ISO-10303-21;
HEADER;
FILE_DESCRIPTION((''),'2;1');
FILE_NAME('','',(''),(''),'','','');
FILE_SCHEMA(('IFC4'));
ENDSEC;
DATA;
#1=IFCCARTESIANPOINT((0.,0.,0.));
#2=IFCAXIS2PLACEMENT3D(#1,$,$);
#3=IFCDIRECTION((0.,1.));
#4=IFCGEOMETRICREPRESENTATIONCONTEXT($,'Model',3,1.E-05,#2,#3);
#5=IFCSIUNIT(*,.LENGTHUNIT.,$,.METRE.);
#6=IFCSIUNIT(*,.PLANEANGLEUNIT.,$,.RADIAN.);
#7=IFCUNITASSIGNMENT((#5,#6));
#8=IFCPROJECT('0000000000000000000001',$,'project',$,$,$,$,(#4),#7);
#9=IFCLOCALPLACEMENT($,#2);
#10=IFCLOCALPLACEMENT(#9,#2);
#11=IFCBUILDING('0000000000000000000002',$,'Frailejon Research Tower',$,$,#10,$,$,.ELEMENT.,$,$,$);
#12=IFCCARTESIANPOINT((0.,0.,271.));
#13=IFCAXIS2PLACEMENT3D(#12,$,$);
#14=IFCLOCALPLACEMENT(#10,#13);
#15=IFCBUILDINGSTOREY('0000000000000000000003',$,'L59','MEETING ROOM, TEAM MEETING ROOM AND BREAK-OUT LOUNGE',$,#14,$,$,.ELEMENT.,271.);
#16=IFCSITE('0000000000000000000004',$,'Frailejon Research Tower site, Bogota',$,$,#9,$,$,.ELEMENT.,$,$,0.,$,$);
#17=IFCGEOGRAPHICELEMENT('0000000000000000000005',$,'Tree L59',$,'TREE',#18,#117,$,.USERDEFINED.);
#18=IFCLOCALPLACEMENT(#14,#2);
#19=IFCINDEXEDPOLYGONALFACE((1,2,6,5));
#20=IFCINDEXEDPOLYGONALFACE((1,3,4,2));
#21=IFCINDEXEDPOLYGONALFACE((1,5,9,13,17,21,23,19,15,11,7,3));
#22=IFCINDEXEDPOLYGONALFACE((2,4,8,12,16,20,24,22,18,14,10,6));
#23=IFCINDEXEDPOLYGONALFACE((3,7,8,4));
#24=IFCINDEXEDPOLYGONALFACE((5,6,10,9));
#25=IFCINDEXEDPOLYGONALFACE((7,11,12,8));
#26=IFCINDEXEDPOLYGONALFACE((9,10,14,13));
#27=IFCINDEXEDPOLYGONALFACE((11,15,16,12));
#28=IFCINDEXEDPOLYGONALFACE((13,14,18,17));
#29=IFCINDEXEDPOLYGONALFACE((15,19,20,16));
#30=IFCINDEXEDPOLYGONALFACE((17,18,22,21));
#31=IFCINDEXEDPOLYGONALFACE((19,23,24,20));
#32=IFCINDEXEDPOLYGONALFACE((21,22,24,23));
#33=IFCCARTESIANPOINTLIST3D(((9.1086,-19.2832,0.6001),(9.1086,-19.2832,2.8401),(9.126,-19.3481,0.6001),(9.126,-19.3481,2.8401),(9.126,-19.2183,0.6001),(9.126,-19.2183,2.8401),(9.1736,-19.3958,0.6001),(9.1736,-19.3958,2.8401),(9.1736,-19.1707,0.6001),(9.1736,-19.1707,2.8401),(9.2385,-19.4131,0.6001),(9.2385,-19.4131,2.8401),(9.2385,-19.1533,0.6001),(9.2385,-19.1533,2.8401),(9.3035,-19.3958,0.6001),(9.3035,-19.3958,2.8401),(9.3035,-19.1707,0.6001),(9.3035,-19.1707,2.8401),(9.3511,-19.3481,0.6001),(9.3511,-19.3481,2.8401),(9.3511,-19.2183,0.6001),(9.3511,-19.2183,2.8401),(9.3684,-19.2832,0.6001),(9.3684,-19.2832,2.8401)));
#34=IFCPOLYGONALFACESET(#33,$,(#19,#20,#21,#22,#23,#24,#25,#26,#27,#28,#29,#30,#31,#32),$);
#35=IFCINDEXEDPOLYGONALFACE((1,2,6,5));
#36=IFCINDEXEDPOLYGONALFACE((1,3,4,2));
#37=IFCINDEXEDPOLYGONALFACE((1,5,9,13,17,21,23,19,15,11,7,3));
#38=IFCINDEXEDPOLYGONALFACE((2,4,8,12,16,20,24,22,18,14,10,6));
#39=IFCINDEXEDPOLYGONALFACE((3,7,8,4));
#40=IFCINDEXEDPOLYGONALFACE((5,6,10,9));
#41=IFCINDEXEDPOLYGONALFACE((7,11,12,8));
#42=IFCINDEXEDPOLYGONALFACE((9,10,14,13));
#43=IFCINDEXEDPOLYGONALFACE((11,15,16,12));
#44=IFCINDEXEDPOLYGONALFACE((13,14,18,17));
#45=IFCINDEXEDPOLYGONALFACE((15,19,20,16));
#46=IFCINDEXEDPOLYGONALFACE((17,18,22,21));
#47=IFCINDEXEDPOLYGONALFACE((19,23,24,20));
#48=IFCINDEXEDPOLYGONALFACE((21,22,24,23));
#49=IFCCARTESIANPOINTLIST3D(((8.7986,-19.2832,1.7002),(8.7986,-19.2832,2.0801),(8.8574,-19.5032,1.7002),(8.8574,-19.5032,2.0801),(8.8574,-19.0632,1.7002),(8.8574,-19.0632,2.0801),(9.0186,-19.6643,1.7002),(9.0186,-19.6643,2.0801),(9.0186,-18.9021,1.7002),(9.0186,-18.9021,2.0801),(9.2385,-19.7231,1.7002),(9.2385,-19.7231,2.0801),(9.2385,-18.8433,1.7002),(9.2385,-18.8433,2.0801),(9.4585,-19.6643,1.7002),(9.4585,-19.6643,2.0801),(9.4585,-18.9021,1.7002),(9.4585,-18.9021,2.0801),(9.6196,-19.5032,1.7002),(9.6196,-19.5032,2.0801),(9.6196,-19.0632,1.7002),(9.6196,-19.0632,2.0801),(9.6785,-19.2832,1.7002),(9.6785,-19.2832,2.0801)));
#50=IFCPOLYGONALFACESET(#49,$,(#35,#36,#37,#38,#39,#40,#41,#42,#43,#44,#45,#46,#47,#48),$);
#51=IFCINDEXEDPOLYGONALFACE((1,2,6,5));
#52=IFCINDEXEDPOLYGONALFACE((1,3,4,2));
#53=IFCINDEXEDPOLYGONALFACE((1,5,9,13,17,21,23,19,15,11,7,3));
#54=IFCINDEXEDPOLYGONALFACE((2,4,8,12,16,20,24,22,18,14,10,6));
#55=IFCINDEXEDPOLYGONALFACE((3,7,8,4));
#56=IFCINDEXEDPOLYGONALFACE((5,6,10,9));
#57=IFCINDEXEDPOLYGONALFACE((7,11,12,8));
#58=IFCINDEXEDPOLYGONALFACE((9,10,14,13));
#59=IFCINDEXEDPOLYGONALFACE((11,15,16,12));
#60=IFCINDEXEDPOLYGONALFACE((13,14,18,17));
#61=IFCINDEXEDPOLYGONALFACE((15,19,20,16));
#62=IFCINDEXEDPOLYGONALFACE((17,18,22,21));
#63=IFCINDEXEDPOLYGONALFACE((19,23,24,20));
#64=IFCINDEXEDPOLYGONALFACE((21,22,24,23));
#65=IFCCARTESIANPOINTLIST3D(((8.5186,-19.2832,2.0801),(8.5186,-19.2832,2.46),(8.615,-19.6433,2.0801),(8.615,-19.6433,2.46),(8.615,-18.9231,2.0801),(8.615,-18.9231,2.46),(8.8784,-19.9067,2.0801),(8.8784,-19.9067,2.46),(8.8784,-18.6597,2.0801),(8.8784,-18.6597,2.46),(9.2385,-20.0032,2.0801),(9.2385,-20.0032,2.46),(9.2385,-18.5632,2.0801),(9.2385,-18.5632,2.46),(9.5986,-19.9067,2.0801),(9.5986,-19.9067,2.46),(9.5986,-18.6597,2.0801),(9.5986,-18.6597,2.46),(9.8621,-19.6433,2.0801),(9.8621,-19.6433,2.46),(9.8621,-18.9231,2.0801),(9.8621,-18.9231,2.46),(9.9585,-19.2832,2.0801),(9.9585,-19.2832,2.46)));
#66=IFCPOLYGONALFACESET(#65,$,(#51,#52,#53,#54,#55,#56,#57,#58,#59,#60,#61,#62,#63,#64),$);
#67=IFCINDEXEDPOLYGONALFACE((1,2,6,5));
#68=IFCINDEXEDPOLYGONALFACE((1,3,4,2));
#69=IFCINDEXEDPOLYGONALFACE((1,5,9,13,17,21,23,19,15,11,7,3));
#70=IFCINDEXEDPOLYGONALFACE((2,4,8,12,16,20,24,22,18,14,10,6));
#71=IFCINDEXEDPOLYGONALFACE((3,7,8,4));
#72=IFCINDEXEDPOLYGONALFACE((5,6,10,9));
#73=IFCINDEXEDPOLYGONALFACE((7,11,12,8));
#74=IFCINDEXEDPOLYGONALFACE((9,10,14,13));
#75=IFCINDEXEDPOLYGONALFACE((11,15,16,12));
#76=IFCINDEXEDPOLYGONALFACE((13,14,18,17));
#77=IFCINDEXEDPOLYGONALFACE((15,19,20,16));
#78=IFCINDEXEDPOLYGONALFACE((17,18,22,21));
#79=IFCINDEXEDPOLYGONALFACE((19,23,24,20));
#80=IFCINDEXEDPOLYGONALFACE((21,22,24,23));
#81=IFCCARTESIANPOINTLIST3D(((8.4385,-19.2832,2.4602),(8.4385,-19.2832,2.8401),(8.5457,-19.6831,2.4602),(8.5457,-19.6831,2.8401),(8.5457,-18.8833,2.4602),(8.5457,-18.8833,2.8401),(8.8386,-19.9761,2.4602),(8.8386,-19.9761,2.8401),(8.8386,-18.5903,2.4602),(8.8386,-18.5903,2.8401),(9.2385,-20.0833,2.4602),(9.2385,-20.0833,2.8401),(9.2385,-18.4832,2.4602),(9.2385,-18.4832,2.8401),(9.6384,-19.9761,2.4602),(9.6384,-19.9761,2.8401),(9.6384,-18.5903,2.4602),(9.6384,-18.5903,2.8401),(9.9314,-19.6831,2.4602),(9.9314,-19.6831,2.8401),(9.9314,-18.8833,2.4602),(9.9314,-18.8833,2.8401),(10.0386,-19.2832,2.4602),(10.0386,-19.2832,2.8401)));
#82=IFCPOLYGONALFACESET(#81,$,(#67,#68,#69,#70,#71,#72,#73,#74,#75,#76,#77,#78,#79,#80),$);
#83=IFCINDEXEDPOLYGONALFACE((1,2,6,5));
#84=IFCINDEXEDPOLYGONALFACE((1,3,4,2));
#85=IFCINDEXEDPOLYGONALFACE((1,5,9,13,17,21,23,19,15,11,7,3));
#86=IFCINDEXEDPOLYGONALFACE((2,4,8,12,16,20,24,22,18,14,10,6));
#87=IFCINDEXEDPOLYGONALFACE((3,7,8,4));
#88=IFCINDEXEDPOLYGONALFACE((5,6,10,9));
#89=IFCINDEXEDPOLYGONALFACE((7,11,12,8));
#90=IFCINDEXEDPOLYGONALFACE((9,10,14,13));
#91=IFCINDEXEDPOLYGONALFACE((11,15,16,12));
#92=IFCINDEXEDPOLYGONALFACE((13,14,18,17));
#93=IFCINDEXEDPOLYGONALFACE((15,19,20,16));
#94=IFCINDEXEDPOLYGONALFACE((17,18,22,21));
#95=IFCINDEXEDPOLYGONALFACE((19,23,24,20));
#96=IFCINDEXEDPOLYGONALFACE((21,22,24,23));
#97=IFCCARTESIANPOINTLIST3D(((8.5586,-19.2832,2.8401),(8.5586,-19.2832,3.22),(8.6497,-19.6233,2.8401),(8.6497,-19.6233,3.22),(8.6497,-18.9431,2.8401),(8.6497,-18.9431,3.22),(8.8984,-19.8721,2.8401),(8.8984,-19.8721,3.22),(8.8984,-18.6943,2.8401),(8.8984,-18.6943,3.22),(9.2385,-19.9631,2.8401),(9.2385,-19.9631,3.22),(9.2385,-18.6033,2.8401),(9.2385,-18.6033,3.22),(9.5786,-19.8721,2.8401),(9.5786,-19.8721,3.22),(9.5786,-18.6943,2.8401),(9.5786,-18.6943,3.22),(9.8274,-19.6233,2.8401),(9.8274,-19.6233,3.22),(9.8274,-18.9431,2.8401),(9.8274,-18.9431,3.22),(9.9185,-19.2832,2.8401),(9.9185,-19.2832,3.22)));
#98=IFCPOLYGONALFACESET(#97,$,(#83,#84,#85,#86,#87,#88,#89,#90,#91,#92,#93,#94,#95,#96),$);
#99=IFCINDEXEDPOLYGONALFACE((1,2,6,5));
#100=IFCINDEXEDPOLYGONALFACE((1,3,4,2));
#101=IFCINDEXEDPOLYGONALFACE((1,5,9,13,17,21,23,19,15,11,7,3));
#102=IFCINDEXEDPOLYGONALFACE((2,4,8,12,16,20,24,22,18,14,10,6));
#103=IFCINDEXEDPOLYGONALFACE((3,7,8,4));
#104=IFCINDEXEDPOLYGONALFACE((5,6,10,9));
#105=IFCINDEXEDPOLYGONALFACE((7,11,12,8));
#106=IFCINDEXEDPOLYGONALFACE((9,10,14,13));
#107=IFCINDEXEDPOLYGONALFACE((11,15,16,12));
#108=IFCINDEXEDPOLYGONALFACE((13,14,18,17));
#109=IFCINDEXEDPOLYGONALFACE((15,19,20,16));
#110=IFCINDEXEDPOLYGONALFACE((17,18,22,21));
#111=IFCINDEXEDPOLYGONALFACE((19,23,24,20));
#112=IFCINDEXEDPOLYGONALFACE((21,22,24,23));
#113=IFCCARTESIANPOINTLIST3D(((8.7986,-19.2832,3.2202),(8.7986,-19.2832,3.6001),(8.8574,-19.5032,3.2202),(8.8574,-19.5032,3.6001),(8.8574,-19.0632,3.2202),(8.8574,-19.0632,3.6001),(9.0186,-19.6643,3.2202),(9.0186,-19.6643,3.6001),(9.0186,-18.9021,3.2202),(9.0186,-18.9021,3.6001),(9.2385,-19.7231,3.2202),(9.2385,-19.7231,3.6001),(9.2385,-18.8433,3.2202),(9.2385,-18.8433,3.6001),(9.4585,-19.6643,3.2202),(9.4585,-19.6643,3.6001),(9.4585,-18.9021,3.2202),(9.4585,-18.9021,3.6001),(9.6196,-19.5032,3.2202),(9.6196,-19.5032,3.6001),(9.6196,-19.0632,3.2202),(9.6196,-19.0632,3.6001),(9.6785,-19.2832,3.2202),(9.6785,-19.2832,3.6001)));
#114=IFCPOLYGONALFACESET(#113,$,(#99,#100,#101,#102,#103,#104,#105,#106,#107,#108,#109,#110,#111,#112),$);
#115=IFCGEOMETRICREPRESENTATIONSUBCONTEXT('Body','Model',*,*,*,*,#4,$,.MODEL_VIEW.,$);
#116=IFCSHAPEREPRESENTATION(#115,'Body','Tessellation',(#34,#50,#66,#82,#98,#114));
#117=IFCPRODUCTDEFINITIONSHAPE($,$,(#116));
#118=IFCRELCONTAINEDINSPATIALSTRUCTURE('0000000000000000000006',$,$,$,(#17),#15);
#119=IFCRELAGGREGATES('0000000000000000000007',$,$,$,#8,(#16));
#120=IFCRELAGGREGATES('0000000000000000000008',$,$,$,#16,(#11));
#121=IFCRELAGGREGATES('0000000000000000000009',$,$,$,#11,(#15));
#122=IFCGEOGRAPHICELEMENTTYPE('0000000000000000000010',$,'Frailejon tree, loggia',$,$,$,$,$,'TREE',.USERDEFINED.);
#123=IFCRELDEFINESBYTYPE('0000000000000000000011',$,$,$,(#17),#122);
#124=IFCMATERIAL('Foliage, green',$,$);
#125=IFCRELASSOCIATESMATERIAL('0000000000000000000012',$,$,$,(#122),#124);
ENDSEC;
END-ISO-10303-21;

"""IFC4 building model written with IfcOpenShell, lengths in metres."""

from ifc_helpers import new_model, si_unit, direction, frame, origin, place, context, subcontext, project, spatial, polyline, outline, extrude, material, type_object, element, save


model = new_model("IFC4")

# Units and contexts
model_context = context("Model", 3, precision=1e-05, world=origin(), true_north=direction((0.0, 1.0)))
body_context = subcontext(model_context, "Body", "Model", "MODEL_VIEW")
ifc_project = project(units=[si_unit("LENGTHUNIT", "METRE"), si_unit("PLANEANGLEUNIT", "RADIAN")], contexts=[model_context])

# Site, building, storey
site_placement = place(None, origin())
site = spatial("IfcSite", under=ifc_project, at=site_placement, Name="Frailejon Research Tower site, Bogota", CompositionType="ELEMENT", RefElevation=0.0)
building_placement = place(site_placement, origin())
building = spatial("IfcBuilding", under=site, at=building_placement, Name="Frailejon Research Tower", CompositionType="ELEMENT")
storey_placement = place(building_placement, frame((0.0, 0.0, 271.0)))
storey = spatial("IfcBuildingStorey", under=building, at=storey_placement, Name="L59", Description="MEETING ROOM, TEAM MEETING ROOM AND BREAK-OUT LOUNGE", CompositionType="ELEMENT", Elevation=271.0)

# Geographic element
ifc_material_1 = material(Name="Foliage, green")
geographic_element_type = type_object("IfcGeographicElementType", Name="Frailejon tree, loggia", ElementType="TREE", PredefinedType="USERDEFINED", material=ifc_material_1)
geographic_element_placement = place(storey_placement, frame((9.2385, -19.2832, 0.6001)))
element("IfcGeographicElement", 1, at=geographic_element_placement, inside=storey, type_object=geographic_element_type, Name="Tree L59", ObjectType="TREE", PredefinedType="USERDEFINED", context=body_context, shape_type="SweptSolid", body=[
    extrude(outline(polyline([(0.1299, 0.0), (0.1125, 0.0649), (0.0649, 0.1125), (0.0, 0.1299), (-0.0649, 0.1125), (-0.1125, 0.0649), (-0.1299, 0.0), (-0.1125, -0.0649), (-0.0649, -0.1125), (0.0, -0.1299), (0.0649, -0.1125), (0.1125, -0.0649), (0.1299, 0.0)])), origin(), (0.0, 0.0, 1.0), 2.24),
    extrude(outline(polyline([(0.4399, 0.0), (0.3811, 0.22), (0.22, 0.3811), (0.0, 0.4399), (-0.22, 0.3811), (-0.3811, 0.22), (-0.4399, 0.0), (-0.3811, -0.22), (-0.22, -0.3811), (0.0, -0.4399), (0.22, -0.3811), (0.3811, -0.22), (0.4399, 0.0)])), frame((0.0, 0.0, 1.1001)), (0.0, 0.0, 1.0), 0.3799),
    extrude(outline(polyline([(0.72, 0.0), (0.6235, 0.3601), (0.3601, 0.6235), (0.0, 0.72), (-0.3601, 0.6235), (-0.6235, 0.3601), (-0.72, 0.0), (-0.6235, -0.3601), (-0.3601, -0.6235), (0.0, -0.72), (0.3601, -0.6235), (0.6235, -0.3601), (0.72, 0.0)])), frame((0.0, 0.0, 1.48)), (0.0, 0.0, 1.0), 0.3799),
    extrude(outline(polyline([(0.8, 0.0), (0.6929, 0.3999), (0.3999, 0.6929), (0.0, 0.8), (-0.3999, 0.6929), (-0.6929, 0.3999), (-0.8, 0.0), (-0.6929, -0.3999), (-0.3999, -0.6929), (0.0, -0.8), (0.3999, -0.6929), (0.6929, -0.3999), (0.8, 0.0)])), frame((0.0, 0.0, 1.8601)), (0.0, 0.0, 1.0), 0.3799),
    extrude(outline(polyline([(0.6799, 0.0), (0.5889, 0.3401), (0.3401, 0.5889), (0.0, 0.6799), (-0.3401, 0.5889), (-0.5889, 0.3401), (-0.6799, 0.0), (-0.5889, -0.3401), (-0.3401, -0.5889), (0.0, -0.6799), (0.3401, -0.5889), (0.5889, -0.3401), (0.6799, 0.0)])), frame((0.0, 0.0, 2.24)), (0.0, 0.0, 1.0), 0.3799),
    extrude(outline(polyline([(0.4399, 0.0), (0.3811, 0.22), (0.22, 0.3811), (0.0, 0.4399), (-0.22, 0.3811), (-0.3811, 0.22), (-0.4399, 0.0), (-0.3811, -0.22), (-0.22, -0.3811), (0.0, -0.4399), (0.22, -0.3811), (0.3811, -0.22), (0.4399, 0.0)])), frame((0.0, 0.0, 2.6201)), (0.0, 0.0, 1.0), 0.3799),
])

save(model, "model.ifc")
